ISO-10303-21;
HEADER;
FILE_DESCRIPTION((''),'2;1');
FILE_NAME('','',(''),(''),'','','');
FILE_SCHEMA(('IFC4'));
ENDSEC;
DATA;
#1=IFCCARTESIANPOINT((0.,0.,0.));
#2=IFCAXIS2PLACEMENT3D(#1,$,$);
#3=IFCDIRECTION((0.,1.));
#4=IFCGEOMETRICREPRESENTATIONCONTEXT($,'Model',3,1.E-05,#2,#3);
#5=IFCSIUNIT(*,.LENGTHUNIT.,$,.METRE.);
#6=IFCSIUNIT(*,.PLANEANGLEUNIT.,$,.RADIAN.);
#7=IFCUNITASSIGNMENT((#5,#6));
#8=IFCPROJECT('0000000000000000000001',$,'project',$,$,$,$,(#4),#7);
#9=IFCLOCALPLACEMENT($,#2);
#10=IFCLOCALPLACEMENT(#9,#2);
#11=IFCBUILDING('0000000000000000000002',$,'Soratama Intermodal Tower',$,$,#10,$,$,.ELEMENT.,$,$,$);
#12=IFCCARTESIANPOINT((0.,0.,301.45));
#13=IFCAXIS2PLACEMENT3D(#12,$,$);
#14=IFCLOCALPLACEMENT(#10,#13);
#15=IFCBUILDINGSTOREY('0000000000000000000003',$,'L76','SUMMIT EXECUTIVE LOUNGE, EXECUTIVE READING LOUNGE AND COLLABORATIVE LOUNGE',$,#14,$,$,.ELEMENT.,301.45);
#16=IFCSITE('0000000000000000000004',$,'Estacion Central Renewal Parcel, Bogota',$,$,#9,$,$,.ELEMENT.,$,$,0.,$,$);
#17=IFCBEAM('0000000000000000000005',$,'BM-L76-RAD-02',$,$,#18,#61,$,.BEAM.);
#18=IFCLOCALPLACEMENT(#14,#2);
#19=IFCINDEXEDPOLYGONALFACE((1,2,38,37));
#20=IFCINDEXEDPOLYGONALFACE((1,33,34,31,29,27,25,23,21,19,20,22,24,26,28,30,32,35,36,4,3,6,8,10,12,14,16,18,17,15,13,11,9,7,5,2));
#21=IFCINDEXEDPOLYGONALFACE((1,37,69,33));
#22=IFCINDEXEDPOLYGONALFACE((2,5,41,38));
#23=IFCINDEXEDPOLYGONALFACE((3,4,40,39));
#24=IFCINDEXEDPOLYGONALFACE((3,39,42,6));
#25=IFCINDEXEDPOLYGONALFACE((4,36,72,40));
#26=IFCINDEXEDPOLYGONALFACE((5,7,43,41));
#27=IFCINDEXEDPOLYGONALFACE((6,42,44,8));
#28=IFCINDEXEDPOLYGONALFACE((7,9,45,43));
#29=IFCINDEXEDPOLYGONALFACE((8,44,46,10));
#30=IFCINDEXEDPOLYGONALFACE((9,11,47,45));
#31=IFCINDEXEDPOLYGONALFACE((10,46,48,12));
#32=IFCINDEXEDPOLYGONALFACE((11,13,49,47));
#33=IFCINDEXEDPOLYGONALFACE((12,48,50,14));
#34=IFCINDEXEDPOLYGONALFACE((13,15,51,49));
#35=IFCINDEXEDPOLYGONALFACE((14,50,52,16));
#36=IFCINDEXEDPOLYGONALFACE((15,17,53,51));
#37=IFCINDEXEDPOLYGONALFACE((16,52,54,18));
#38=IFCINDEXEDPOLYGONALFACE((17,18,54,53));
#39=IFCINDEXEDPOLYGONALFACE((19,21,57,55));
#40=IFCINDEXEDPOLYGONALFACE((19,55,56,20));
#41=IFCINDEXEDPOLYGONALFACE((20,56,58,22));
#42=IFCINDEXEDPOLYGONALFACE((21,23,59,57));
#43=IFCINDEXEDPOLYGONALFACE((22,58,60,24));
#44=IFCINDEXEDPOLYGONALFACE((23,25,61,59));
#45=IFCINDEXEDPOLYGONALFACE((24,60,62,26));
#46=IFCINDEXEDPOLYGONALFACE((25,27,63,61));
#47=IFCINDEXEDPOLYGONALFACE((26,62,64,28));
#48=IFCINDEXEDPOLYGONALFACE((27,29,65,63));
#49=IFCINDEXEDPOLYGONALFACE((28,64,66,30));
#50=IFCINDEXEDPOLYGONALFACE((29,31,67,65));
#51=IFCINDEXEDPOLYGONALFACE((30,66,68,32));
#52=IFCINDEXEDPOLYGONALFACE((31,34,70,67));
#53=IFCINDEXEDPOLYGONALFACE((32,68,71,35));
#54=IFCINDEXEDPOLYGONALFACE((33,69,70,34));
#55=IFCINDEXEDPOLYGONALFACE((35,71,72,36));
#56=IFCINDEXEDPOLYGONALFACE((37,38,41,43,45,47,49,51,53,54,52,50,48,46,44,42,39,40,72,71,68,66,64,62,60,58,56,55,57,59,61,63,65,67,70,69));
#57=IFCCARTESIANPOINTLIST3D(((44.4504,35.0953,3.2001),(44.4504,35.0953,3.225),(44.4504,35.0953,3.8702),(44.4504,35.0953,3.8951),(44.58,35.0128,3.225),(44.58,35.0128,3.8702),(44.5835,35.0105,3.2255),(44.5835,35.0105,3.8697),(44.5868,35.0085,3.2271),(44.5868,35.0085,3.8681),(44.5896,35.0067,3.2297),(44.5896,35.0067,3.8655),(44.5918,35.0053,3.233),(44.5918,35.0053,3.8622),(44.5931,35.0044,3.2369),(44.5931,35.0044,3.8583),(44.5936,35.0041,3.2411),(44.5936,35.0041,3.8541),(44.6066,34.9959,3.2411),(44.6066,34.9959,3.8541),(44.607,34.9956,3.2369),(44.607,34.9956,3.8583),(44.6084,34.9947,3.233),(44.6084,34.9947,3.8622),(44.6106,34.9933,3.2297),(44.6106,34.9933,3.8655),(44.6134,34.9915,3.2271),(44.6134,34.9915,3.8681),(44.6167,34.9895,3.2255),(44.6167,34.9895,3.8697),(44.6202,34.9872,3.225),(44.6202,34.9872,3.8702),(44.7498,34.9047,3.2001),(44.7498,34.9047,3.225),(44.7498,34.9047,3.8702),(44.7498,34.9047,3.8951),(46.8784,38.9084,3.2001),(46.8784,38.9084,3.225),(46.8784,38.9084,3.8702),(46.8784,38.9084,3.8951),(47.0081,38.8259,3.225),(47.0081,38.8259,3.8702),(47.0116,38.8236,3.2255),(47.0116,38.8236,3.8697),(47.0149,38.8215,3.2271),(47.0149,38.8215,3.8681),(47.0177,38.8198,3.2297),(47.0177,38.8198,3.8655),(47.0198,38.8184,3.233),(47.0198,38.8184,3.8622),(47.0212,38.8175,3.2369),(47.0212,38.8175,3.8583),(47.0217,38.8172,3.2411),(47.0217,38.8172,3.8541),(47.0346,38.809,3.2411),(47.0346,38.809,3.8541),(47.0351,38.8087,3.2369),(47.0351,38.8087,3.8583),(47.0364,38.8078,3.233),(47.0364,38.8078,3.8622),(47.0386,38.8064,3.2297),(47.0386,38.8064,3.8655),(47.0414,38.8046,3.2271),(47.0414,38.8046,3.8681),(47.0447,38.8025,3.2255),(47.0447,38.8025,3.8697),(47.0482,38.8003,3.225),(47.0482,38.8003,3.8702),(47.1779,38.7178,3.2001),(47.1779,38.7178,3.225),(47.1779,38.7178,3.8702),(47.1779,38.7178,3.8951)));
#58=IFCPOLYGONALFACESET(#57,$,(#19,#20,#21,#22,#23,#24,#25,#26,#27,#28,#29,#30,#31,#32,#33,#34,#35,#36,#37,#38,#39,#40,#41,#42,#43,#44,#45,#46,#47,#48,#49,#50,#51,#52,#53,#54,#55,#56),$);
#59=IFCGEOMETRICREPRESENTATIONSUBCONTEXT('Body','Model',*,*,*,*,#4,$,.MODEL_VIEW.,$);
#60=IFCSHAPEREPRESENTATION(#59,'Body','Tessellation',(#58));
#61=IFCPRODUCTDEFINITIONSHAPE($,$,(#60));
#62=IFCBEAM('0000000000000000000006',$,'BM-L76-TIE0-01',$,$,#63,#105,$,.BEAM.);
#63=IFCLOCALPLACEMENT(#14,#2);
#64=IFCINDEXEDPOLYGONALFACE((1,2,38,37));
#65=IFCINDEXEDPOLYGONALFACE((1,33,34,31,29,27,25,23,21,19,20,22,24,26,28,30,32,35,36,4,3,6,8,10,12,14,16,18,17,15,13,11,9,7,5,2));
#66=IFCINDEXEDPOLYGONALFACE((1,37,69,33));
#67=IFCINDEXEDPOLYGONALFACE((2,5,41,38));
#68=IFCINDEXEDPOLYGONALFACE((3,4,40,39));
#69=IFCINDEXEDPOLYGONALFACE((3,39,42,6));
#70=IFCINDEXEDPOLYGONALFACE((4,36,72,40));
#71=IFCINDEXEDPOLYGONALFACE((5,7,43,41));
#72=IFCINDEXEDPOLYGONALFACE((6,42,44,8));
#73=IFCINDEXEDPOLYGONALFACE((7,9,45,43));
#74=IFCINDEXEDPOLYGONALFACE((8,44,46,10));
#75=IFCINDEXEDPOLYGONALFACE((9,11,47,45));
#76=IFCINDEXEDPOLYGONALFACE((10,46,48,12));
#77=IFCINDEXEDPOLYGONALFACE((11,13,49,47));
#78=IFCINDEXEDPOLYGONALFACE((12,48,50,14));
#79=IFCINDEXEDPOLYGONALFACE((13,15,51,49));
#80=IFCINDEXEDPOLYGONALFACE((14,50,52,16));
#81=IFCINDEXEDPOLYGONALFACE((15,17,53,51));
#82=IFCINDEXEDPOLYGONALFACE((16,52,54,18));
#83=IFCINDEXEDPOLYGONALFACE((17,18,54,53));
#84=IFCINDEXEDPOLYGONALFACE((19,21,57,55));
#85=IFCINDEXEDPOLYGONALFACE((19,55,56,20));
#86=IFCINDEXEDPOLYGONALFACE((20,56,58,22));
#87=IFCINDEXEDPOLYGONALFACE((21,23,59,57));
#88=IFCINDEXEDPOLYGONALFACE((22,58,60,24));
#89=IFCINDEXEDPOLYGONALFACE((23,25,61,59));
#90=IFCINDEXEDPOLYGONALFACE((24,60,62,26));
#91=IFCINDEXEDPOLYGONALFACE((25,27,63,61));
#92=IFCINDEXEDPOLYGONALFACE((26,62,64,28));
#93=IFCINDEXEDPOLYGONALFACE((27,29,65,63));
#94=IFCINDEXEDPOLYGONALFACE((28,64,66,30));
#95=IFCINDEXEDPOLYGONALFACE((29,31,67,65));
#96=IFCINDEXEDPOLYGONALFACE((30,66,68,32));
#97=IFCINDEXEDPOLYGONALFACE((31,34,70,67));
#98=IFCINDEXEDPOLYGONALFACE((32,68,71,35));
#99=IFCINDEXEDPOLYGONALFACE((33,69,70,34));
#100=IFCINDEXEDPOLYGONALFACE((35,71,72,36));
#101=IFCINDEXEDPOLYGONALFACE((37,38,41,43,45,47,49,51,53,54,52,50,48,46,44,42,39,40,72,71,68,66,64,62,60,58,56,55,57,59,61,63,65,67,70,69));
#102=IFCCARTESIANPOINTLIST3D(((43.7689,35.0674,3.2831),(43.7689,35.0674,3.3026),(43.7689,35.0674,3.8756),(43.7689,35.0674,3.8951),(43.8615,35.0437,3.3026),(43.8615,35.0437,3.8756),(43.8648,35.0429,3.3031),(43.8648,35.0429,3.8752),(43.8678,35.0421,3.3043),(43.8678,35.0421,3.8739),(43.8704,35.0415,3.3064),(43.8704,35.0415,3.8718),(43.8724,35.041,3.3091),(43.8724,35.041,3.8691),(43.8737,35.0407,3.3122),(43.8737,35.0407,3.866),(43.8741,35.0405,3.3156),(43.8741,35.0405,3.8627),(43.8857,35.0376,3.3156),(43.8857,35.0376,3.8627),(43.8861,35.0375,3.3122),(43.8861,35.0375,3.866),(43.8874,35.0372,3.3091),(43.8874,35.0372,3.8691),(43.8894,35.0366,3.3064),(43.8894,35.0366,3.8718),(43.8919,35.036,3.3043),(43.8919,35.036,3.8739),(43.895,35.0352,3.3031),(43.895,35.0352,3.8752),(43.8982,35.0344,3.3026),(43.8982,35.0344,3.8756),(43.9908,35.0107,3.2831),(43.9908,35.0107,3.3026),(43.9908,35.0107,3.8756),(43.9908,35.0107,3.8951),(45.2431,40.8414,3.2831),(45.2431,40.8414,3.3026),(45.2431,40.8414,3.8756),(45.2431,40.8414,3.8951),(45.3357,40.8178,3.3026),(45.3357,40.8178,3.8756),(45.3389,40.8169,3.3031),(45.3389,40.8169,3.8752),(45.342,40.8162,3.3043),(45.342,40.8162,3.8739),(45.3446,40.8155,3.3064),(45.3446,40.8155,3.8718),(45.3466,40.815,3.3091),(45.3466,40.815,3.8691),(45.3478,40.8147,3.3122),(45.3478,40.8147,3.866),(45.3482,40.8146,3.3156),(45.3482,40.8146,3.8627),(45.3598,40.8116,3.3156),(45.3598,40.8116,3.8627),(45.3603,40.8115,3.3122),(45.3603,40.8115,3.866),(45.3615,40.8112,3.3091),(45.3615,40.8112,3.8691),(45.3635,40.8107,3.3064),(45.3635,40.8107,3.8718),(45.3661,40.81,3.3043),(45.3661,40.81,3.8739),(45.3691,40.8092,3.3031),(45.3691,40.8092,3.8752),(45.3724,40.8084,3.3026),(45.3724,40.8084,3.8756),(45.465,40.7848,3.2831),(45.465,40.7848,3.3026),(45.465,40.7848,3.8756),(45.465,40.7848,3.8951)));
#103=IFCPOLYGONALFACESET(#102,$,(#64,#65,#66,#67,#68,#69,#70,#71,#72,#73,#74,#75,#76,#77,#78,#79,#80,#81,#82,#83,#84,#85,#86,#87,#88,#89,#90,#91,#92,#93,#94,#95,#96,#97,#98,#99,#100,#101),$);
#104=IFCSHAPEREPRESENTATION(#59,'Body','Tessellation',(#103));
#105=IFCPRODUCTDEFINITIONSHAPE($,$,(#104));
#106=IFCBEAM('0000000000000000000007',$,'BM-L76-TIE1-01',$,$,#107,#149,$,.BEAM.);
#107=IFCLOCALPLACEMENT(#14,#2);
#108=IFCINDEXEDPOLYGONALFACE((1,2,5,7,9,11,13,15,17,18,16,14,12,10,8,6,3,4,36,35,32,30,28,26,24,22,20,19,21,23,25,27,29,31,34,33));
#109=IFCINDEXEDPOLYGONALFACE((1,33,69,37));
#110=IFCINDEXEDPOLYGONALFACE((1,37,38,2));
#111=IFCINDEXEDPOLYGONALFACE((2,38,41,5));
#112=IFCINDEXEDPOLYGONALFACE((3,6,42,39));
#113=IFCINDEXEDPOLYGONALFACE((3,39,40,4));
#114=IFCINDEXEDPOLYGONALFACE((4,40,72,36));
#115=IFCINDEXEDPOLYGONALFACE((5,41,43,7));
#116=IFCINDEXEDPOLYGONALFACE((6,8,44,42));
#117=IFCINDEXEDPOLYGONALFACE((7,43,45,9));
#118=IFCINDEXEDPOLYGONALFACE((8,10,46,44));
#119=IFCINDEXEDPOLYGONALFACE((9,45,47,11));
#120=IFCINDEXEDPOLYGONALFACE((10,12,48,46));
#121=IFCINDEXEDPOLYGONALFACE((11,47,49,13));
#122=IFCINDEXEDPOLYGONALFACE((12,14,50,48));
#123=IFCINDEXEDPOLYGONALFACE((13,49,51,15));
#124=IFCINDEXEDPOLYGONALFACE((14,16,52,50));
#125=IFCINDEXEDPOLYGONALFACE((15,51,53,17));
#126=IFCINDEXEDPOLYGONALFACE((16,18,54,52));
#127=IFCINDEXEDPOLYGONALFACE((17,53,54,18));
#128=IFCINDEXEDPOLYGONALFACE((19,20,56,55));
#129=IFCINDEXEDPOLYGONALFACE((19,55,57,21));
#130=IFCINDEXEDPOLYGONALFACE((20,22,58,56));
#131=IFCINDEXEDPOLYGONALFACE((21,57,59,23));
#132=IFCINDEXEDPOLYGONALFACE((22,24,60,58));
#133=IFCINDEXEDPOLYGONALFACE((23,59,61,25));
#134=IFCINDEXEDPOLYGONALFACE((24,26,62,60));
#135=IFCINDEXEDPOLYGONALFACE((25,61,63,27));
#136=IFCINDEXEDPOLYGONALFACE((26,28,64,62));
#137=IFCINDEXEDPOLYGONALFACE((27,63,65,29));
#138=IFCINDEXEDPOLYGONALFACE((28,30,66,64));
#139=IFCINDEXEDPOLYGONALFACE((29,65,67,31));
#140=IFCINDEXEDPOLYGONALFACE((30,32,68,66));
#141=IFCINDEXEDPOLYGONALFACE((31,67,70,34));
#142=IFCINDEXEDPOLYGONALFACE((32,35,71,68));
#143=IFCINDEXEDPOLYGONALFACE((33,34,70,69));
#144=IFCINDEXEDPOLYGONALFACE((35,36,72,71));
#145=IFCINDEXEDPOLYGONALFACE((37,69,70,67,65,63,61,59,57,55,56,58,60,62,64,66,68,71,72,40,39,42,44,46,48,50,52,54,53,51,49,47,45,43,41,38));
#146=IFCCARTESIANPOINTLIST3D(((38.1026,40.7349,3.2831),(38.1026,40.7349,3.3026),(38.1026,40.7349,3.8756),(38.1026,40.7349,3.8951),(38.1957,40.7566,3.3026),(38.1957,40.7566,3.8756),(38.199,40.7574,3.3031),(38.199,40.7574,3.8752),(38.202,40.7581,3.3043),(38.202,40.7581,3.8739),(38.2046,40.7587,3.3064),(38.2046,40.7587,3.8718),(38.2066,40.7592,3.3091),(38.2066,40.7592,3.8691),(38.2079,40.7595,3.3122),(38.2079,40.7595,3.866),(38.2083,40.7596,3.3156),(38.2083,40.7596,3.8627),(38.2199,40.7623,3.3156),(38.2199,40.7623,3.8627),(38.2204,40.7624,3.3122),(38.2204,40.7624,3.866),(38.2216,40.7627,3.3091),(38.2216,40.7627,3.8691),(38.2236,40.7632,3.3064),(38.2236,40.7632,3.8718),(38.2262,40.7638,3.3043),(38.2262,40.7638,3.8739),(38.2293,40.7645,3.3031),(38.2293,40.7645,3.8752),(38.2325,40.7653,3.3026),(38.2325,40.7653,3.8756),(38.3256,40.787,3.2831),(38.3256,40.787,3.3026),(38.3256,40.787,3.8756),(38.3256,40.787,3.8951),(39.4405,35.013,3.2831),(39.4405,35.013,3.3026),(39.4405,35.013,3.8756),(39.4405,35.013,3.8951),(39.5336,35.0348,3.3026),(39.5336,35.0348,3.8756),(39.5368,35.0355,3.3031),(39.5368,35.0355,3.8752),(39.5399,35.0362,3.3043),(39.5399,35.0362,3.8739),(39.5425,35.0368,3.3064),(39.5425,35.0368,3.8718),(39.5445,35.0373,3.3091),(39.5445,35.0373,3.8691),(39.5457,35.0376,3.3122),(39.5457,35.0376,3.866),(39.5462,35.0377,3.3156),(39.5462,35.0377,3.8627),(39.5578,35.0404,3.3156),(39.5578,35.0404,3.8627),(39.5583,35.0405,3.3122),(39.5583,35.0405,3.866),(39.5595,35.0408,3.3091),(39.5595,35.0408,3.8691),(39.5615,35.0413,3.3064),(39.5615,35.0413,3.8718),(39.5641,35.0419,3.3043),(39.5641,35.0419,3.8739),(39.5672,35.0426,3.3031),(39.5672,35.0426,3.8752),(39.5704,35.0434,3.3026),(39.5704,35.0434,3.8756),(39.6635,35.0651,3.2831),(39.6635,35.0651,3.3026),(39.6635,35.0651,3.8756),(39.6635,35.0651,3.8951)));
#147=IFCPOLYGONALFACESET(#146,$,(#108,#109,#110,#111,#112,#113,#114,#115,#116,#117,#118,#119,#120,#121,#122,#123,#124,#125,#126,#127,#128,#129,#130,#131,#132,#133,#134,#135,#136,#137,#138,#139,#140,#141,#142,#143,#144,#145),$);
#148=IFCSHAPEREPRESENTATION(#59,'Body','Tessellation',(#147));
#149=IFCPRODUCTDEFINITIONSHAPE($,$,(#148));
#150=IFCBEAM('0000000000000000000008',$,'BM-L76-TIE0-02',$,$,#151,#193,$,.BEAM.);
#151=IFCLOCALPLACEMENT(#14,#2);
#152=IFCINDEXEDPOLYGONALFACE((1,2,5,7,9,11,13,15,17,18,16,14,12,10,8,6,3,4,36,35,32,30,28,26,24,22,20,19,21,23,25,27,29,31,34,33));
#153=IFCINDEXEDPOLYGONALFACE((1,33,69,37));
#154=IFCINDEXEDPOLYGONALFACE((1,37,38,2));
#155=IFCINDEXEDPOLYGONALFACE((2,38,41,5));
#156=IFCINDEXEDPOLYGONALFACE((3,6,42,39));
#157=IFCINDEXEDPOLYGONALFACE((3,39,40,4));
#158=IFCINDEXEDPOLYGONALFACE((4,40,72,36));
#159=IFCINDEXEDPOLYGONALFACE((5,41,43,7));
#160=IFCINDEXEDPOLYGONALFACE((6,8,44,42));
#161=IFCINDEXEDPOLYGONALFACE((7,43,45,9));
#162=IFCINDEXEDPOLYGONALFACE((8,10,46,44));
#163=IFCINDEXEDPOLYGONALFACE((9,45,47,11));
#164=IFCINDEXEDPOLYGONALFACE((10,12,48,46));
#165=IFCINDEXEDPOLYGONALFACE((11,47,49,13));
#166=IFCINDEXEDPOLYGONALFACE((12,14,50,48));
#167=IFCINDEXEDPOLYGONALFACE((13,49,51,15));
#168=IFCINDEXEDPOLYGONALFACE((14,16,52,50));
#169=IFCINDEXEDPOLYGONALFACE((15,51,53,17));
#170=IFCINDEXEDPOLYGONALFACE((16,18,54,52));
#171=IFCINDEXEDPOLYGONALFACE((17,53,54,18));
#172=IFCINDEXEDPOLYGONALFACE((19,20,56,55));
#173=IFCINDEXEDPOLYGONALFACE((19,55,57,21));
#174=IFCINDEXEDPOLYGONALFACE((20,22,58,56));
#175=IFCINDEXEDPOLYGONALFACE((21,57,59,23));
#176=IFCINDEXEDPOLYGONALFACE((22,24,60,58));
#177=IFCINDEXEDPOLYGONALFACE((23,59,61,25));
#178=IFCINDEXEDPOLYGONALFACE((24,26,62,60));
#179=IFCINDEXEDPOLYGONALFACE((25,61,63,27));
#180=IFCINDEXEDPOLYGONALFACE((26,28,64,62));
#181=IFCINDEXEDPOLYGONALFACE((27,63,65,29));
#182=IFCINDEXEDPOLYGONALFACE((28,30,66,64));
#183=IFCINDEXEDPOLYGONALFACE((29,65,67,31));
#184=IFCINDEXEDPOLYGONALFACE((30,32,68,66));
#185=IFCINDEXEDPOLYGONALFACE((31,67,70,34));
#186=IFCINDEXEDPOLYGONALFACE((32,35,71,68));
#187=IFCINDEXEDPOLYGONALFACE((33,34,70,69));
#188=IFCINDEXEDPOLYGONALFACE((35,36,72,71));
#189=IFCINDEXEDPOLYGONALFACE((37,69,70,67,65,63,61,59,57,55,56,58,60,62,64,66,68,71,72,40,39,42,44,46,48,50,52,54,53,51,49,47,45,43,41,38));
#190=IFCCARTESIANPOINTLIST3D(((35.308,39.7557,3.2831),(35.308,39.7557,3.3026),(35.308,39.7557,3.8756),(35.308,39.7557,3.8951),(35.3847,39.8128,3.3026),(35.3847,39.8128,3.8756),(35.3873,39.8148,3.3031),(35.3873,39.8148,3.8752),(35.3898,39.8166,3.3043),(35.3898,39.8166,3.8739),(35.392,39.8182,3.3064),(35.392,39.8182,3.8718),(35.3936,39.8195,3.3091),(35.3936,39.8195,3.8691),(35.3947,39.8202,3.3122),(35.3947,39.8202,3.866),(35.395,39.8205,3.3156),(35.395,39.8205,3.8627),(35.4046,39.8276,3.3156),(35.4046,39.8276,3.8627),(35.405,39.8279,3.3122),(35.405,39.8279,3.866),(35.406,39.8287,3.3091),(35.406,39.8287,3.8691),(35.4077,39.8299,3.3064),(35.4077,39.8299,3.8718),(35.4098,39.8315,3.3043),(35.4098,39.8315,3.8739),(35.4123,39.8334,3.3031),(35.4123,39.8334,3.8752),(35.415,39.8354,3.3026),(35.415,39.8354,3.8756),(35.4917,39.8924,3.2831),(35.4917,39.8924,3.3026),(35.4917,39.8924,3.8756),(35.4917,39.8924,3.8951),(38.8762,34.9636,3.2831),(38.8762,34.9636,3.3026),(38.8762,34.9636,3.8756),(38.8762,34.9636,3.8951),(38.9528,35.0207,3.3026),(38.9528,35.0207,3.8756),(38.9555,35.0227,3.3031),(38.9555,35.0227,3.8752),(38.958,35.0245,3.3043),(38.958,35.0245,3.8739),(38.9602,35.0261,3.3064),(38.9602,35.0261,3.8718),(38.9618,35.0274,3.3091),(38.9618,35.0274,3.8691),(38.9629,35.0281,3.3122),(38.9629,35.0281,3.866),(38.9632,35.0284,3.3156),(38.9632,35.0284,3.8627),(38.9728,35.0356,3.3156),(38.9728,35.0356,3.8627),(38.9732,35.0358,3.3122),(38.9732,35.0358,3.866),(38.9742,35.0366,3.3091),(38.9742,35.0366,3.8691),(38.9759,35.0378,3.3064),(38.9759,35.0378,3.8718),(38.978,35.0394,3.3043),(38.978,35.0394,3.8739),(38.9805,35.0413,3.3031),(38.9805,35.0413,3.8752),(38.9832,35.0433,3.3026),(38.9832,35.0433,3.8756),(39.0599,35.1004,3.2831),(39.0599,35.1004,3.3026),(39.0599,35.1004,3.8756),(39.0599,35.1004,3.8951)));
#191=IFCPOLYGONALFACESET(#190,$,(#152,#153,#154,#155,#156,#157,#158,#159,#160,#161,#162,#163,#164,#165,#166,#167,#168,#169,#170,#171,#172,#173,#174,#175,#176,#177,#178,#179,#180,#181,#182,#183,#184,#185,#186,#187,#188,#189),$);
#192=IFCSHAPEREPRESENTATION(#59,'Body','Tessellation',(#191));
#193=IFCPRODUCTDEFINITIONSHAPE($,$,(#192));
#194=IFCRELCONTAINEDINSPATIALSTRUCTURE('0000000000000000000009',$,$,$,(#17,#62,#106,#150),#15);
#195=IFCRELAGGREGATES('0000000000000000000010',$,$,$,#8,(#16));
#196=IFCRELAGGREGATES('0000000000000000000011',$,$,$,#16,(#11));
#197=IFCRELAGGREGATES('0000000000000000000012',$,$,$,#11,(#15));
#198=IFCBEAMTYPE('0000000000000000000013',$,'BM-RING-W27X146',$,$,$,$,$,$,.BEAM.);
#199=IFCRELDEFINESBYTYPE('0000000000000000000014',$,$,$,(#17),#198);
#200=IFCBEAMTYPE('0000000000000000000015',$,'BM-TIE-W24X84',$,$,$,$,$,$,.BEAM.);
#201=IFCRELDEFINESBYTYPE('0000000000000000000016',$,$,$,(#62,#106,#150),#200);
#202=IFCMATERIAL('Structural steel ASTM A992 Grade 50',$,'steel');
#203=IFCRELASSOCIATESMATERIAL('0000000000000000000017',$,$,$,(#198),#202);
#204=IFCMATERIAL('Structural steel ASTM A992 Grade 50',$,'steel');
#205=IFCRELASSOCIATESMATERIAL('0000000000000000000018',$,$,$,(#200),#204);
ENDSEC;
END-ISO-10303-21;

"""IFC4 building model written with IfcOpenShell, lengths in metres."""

from ifc_helpers import new_model, si_unit, direction, frame, origin, origin_2d, place, context, subcontext, project, spatial, i_section, extrude, material, material_profile, profile_set, type_object, element, save


model = new_model("IFC4")

# Units and contexts
model_context = context("Model", 3, precision=1e-05, world=origin(), true_north=direction((0.0, 1.0)))
body_context = subcontext(model_context, "Body", "Model", "MODEL_VIEW")
ifc_project = project(units=[si_unit("LENGTHUNIT", "METRE"), si_unit("PLANEANGLEUNIT", "RADIAN")], contexts=[model_context])

# Site, building, storey
site_placement = place(None, origin())
site = spatial("IfcSite", under=ifc_project, at=site_placement, Name="Estacion Central Renewal Parcel, Bogota", CompositionType="ELEMENT", RefElevation=0.0)
building_placement = place(site_placement, origin())
building = spatial("IfcBuilding", under=site, at=building_placement, Name="Soratama Intermodal Tower", CompositionType="ELEMENT")
storey_placement = place(building_placement, frame((0.0, 0.0, 301.45)))
storey = spatial("IfcBuildingStorey", under=building, at=storey_placement, Name="L76", Description="SUMMIT EXECUTIVE LOUNGE, EXECUTIVE READING LOUNGE AND COLLABORATIVE LOUNGE", CompositionType="ELEMENT", Elevation=301.45)

# Beams
ifc_material_1 = material(Name="Structural steel ASTM A992 Grade 50", Category="steel")
ifc_material_profile_1 = material_profile(ifc_material_1, i_section(OverallWidth=0.355, OverallDepth=0.6951, WebThickness=0.0154, FlangeThickness=0.0249, FilletRadius=0.0161, at=origin_2d()), Name="W27X146")
ifc_profile_set_1 = profile_set([ifc_material_profile_1], Name="Structural steel ASTM A992 Grade 50")
beam_type_1 = type_object("IfcBeamType", Name="BM-RING-W27X146", PredefinedType="BEAM", material=ifc_profile_set_1)
beam_1_placement = place(storey_placement, frame((44.6001, 35.0, 3.5476), z_axis=(0.537117, 0.843508, 0.0), x_axis=(-0.843508, 0.537117, 0.0)))
element("IfcBeam", 1, at=beam_1_placement, inside=storey, type_object=beam_type_1, Name="BM-L76-RAD-02", PredefinedType="BEAM", context=body_context, shape_type="SweptSolid", body=[
    extrude(i_section(OverallWidth=0.355, OverallDepth=0.6951, WebThickness=0.0154, FlangeThickness=0.0249, FilletRadius=0.0161, at=origin_2d()), origin(), (0.0, 0.0, 1.0), 4.5205),
])
ifc_material_2 = material(Name="Structural steel ASTM A992 Grade 50", Category="steel")
ifc_material_profile_2 = material_profile(ifc_material_2, i_section(OverallWidth=0.229, OverallDepth=0.6121, WebThickness=0.012, FlangeThickness=0.0195, FilletRadius=0.0129, at=origin_2d()), Name="W24X84")
ifc_profile_set_2 = profile_set([ifc_material_profile_2], Name="Structural steel ASTM A992 Grade 50")
beam_type_2 = type_object("IfcBeamType", Name="BM-TIE-W24X84", PredefinedType="BEAM", material=ifc_profile_set_2)
beam_2_placement = place(storey_placement, frame((43.8799, 35.0391, 3.5891), z_axis=(0.247372, 0.968921, 0.0), x_axis=(-0.968921, 0.247372, 0.0)))
element("IfcBeam", 2, at=beam_2_placement, inside=storey, type_object=beam_type_2, Name="BM-L76-TIE0-01", PredefinedType="BEAM", context=body_context, shape_type="SweptSolid", body=[
    extrude(i_section(OverallWidth=0.229, OverallDepth=0.6121, WebThickness=0.012, FlangeThickness=0.0195, FilletRadius=0.0129, at=origin_2d()), origin(), (0.0, 0.0, 1.0), 5.9592),
])
beam_3_placement = place(storey_placement, frame((39.552, 35.0391, 3.5891), z_axis=(-0.227677, 0.973737, 0.0), x_axis=(-0.973737, -0.227677, 0.0)))
element("IfcBeam", 3, at=beam_3_placement, inside=storey, type_object=beam_type_2, Name="BM-L76-TIE1-01", PredefinedType="BEAM", context=body_context, shape_type="SweptSolid", body=[
    extrude(i_section(OverallWidth=0.229, OverallDepth=0.6121, WebThickness=0.012, FlangeThickness=0.0195, FilletRadius=0.0129, at=origin_2d()), origin(), (0.0, 0.0, 1.0), 5.8762),
])
beam_4_placement = place(storey_placement, frame((38.968, 35.032, 3.5891), z_axis=(-0.597224, 0.802074, 0.0), x_axis=(-0.802074, -0.597224, 0.0)))
element("IfcBeam", 4, at=beam_4_placement, inside=storey, type_object=beam_type_2, Name="BM-L76-TIE0-02", PredefinedType="BEAM", context=body_context, shape_type="SweptSolid", body=[
    extrude(i_section(OverallWidth=0.229, OverallDepth=0.6121, WebThickness=0.012, FlangeThickness=0.0195, FilletRadius=0.0129, at=origin_2d()), origin(), (0.0, 0.0, 1.0), 5.9746),
])

save(model, "model.ifc")
